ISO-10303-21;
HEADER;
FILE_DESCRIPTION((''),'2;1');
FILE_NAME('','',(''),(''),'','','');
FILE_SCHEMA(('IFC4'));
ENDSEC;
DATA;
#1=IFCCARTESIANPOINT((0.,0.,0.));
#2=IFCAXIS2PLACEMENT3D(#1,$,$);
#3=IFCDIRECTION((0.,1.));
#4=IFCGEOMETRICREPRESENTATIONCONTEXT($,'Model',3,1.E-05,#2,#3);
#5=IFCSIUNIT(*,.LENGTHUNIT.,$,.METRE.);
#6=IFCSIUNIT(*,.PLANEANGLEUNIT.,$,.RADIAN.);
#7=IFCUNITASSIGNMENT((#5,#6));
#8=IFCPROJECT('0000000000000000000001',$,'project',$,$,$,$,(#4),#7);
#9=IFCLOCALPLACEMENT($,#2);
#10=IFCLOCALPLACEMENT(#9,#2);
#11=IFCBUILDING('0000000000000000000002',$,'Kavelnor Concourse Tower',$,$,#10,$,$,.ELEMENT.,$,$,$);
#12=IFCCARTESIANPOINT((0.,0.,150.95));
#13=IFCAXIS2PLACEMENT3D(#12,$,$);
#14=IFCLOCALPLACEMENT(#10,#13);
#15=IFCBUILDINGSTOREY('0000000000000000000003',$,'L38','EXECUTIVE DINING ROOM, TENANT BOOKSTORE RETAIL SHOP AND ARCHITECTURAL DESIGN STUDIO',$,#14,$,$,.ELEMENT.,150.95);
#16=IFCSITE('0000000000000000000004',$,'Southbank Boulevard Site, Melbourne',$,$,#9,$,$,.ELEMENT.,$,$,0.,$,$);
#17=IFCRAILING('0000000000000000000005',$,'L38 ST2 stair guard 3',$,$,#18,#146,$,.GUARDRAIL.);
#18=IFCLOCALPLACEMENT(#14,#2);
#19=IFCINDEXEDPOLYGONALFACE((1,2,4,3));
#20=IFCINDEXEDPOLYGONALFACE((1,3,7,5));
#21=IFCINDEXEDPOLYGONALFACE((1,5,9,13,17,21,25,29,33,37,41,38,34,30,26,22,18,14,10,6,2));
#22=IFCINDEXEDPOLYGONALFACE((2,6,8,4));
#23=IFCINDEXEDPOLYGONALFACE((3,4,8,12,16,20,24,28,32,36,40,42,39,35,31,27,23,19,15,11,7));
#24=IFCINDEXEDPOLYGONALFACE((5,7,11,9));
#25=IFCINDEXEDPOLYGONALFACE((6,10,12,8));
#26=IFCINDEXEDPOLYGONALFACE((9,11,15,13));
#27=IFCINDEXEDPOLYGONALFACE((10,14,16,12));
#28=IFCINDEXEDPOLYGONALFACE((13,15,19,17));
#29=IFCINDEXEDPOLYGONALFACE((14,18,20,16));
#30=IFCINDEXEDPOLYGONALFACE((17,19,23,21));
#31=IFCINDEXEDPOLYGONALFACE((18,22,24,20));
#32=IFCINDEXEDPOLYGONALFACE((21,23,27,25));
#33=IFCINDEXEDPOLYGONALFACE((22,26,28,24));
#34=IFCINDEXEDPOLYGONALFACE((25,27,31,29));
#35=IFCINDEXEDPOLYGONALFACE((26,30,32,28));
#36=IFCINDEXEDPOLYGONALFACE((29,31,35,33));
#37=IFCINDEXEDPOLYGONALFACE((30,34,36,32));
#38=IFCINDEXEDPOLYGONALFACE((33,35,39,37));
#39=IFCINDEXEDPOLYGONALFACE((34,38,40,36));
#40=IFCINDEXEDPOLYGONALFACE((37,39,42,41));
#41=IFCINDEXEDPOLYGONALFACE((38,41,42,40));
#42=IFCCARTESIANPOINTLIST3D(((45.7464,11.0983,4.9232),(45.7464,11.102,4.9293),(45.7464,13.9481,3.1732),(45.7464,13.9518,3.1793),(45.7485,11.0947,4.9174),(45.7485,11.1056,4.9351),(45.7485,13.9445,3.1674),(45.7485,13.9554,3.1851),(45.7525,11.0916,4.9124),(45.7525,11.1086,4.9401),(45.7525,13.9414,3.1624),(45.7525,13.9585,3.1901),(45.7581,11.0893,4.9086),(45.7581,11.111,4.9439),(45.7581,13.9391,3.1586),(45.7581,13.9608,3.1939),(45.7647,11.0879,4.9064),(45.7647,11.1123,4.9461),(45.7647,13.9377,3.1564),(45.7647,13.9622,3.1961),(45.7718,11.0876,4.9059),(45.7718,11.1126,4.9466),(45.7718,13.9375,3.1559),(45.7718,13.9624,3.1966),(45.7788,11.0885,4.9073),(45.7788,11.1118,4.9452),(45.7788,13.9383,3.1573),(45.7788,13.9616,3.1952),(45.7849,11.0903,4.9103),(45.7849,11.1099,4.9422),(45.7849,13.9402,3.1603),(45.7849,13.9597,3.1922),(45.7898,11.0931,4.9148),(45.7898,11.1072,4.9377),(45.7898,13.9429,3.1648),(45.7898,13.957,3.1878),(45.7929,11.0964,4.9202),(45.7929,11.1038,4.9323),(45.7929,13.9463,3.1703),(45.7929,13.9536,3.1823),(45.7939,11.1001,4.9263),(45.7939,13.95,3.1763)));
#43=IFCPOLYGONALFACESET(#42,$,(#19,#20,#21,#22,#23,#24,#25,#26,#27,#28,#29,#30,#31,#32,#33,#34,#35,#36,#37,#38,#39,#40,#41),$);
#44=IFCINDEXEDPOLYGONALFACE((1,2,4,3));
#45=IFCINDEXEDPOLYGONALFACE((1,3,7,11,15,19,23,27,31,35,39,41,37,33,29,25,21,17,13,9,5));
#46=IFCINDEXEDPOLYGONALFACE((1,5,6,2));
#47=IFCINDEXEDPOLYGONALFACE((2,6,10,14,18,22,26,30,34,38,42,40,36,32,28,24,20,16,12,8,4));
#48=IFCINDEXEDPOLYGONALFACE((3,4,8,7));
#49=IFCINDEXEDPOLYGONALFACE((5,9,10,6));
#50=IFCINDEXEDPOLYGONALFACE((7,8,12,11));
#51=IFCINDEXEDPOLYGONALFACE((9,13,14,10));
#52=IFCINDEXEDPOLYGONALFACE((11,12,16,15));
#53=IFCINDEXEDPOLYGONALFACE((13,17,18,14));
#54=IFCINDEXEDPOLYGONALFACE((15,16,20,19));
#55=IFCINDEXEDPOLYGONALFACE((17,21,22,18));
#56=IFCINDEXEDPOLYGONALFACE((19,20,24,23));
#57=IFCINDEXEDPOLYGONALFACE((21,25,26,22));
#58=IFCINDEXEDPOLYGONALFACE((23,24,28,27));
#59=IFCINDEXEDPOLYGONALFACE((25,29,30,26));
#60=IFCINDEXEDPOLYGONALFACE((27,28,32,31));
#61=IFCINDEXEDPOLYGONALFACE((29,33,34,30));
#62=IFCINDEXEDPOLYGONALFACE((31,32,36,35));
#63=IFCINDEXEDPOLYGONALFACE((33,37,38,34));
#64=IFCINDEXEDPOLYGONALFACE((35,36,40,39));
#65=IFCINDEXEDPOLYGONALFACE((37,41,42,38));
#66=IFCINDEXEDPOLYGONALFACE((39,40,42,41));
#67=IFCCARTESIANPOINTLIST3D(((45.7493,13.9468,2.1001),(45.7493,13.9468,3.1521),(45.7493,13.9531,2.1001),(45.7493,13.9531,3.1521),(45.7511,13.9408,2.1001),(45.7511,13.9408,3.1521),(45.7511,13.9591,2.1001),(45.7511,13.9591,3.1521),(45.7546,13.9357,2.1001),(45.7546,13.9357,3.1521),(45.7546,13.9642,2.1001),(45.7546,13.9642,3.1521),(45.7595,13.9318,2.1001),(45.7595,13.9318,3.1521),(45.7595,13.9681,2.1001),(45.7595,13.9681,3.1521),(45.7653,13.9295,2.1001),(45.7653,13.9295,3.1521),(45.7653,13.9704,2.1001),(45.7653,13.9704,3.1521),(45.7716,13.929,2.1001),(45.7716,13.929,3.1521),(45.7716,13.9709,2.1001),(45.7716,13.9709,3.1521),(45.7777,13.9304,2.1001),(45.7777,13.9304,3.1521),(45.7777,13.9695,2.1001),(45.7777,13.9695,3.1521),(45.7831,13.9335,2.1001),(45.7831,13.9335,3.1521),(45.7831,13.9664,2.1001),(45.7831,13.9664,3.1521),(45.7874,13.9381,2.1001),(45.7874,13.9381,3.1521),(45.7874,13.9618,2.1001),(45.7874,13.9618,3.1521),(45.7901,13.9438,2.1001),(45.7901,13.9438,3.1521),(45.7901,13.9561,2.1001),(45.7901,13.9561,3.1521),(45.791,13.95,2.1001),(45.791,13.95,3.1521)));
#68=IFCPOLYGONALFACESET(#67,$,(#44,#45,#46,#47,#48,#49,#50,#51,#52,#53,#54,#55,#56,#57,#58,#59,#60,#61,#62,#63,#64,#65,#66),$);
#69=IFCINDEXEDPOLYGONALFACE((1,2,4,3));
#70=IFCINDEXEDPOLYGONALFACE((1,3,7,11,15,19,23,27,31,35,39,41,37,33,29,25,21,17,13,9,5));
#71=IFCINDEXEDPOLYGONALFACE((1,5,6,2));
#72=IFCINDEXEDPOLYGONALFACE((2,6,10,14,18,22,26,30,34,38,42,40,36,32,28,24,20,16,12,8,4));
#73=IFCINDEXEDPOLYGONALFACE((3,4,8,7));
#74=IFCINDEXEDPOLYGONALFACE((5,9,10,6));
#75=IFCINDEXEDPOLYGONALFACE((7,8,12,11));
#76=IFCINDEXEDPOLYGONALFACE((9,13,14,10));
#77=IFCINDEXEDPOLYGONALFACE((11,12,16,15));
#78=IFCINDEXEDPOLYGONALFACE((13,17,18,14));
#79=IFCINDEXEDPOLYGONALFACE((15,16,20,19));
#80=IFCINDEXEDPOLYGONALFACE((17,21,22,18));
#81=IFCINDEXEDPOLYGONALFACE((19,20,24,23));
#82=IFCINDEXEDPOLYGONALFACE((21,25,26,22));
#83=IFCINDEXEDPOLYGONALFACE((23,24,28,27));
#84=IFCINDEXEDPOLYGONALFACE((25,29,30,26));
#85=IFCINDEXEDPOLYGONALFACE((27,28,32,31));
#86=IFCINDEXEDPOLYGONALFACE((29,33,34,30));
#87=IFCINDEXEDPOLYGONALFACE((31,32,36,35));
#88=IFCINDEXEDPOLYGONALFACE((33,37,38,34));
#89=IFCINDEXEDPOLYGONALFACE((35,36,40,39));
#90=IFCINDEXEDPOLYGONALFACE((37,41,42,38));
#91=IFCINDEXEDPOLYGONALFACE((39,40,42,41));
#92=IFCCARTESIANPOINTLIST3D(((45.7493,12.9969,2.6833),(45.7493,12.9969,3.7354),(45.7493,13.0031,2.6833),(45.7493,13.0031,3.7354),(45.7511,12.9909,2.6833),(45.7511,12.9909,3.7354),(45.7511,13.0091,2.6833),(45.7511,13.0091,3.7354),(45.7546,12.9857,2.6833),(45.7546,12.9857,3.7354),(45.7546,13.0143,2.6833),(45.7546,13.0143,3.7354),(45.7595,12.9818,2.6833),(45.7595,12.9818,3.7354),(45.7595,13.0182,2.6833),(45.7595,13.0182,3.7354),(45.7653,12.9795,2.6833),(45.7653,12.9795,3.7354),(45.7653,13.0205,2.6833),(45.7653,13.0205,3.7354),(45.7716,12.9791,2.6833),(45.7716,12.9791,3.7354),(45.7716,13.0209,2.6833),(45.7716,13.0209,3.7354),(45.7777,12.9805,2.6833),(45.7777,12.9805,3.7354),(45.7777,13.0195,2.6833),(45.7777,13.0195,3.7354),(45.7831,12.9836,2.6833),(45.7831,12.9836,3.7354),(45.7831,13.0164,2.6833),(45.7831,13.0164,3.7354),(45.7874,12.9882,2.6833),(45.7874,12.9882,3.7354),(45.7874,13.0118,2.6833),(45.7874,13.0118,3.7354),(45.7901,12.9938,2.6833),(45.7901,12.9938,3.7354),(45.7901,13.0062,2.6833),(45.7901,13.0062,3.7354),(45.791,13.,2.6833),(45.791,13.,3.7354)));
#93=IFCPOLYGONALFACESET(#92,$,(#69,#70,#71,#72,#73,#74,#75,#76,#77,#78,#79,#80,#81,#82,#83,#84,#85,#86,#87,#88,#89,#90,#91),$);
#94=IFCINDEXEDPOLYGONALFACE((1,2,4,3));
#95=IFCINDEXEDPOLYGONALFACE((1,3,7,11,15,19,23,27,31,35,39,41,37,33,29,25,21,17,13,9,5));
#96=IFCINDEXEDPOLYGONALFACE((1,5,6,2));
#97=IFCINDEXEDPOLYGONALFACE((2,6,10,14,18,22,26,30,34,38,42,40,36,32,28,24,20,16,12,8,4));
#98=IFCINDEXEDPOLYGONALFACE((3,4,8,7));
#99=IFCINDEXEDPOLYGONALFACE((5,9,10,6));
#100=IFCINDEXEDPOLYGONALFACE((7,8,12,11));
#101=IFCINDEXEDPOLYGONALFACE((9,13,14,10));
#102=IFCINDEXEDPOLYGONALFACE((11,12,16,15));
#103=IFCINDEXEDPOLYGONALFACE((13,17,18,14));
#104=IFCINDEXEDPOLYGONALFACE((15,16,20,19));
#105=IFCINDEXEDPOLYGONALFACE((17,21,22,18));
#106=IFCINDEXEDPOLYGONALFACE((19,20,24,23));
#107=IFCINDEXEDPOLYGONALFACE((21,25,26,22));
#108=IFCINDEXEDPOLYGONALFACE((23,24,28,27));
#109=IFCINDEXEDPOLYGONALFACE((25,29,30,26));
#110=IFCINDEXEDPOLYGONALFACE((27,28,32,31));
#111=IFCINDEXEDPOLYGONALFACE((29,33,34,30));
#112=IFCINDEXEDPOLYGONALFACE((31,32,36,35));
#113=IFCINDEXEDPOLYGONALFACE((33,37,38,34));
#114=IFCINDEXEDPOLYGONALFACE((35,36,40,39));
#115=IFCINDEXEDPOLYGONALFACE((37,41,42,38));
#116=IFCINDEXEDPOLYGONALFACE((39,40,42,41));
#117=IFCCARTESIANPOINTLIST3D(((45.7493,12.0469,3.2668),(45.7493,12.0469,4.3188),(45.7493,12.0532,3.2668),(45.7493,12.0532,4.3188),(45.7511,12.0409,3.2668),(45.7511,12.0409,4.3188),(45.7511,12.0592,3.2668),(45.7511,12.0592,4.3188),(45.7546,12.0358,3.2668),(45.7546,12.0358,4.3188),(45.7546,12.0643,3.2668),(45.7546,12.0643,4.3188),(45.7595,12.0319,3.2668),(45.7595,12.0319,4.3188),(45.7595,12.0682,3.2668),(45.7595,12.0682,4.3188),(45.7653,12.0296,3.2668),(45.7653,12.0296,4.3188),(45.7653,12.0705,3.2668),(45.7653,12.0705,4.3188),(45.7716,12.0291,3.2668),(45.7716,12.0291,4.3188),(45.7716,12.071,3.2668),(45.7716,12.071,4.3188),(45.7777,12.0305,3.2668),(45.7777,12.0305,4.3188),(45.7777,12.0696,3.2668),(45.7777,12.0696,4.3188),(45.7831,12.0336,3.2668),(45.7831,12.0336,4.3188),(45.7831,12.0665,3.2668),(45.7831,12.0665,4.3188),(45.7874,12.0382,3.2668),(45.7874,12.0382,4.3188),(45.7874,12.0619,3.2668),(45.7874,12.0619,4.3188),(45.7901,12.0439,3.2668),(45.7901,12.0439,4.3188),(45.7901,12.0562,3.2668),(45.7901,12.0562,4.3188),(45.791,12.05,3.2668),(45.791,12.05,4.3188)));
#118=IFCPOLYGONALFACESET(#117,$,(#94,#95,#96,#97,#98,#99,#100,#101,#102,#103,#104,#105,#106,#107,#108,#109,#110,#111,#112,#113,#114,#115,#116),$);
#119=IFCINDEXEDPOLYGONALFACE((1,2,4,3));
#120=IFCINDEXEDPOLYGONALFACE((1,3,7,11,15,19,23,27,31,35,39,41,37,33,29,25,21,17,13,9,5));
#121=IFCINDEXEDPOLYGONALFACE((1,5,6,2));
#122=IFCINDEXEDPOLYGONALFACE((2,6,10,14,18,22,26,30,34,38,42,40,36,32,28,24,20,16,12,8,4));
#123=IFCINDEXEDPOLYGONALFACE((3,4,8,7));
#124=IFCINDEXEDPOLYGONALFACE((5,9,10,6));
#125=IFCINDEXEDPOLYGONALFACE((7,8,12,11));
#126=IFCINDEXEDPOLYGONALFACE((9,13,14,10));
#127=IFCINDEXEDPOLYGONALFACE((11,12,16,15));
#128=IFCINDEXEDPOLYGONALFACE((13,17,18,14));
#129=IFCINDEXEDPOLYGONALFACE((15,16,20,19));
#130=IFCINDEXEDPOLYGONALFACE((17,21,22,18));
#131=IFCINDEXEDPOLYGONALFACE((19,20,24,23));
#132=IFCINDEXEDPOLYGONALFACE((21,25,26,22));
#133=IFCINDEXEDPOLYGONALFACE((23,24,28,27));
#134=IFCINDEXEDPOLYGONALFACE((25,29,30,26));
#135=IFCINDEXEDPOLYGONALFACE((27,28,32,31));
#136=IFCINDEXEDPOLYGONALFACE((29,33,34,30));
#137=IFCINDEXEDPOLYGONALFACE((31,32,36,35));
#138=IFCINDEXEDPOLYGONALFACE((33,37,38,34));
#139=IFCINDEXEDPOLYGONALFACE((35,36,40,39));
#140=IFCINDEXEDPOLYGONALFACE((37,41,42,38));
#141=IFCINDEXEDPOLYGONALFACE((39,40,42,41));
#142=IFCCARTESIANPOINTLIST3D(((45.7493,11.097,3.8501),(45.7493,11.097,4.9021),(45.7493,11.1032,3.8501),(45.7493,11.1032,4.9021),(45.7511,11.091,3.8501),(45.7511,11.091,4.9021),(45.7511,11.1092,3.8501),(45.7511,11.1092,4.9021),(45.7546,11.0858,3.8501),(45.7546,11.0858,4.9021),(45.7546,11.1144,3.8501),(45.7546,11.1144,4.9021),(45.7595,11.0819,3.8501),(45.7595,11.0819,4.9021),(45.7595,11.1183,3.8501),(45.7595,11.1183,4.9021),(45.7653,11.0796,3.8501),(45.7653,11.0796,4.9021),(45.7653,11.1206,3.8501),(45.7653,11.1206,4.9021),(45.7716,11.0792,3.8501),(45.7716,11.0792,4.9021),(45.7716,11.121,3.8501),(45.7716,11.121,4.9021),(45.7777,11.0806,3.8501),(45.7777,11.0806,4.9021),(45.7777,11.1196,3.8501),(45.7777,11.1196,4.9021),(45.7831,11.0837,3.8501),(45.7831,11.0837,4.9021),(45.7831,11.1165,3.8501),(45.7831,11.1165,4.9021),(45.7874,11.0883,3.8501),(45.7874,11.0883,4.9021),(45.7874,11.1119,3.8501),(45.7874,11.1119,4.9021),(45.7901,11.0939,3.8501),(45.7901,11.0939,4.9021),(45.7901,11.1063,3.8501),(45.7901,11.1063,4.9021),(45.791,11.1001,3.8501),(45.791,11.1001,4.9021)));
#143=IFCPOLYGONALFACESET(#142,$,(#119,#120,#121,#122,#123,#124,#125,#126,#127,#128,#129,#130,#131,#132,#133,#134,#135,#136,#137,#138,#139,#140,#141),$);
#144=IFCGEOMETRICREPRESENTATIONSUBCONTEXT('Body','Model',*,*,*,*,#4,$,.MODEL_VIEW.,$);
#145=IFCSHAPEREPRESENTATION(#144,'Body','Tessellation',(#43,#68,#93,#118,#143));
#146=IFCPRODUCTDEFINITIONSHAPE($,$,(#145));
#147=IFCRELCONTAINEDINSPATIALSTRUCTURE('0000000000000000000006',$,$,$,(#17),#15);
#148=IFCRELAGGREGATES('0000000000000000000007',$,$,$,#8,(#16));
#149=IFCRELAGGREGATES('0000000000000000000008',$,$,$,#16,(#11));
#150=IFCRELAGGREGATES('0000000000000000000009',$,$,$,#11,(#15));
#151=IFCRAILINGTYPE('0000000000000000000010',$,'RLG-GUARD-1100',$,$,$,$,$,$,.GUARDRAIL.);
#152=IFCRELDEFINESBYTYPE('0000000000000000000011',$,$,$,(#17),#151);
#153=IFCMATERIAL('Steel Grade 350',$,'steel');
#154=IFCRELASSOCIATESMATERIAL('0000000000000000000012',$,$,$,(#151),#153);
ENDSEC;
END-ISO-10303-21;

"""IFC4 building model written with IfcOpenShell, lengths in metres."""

from ifc_helpers import new_model, si_unit, direction, frame, origin, origin_2d, place, context, subcontext, project, spatial, circle, extrude, material, type_object, element, save


model = new_model("IFC4")

# Units and contexts
model_context = context("Model", 3, precision=1e-05, world=origin(), true_north=direction((0.0, 1.0)))
body_context = subcontext(model_context, "Body", "Model", "MODEL_VIEW")
ifc_project = project(units=[si_unit("LENGTHUNIT", "METRE"), si_unit("PLANEANGLEUNIT", "RADIAN")], contexts=[model_context])

# Site, building, storey
site_placement = place(None, origin())
site = spatial("IfcSite", under=ifc_project, at=site_placement, Name="Southbank Boulevard Site, Melbourne", CompositionType="ELEMENT", RefElevation=0.0)
building_placement = place(site_placement, origin())
building = spatial("IfcBuilding", under=site, at=building_placement, Name="Kavelnor Concourse Tower", CompositionType="ELEMENT")
storey_placement = place(building_placement, frame((0.0, 0.0, 150.95)))
storey = spatial("IfcBuildingStorey", under=building, at=storey_placement, Name="L38", Description="EXECUTIVE DINING ROOM, TENANT BOOKSTORE RETAIL SHOP AND ARCHITECTURAL DESIGN STUDIO", CompositionType="ELEMENT", Elevation=150.95)

# Shared definitions
ifc_material_1 = material(Name="Steel Grade 350", Category="steel")

# Railing
railing_type_1 = type_object("IfcRailingType", Name="RLG-GUARD-1100", PredefinedType="GUARDRAIL", material=ifc_material_1)
railing_1_placement = place(storey_placement, frame((45.77, 13.95, 2.1001)))
element("IfcRailing", 1, at=railing_1_placement, inside=storey, type_object=railing_type_1, Name="L38 ST2 stair guard 3", PredefinedType="GUARDRAIL", context=body_context, shape_type="SweptSolid", body=[
    extrude(circle(Radius=0.0239, at=origin_2d()), frame((0.0, 0.0, 1.0762), z_axis=(0.0, -0.852159, 0.523283), x_axis=(1.0, 0.0, 0.0)), (0.0, 0.0, 1.0), 3.3442),
    extrude(circle(Radius=0.021, at=origin_2d()), origin(), (0.0, 0.0, 1.0), 1.052),
    extrude(circle(Radius=0.021, at=origin_2d()), frame((0.0, -0.95, 0.5833)), (0.0, 0.0, 1.0), 1.052),
    extrude(circle(Radius=0.021, at=origin_2d()), frame((0.0, -1.8999, 1.1667)), (0.0, 0.0, 1.0), 1.052),
    extrude(circle(Radius=0.021, at=origin_2d()), frame((0.0, -2.8499, 1.75)), (0.0, 0.0, 1.0), 1.052),
])

save(model, "model.ifc")
